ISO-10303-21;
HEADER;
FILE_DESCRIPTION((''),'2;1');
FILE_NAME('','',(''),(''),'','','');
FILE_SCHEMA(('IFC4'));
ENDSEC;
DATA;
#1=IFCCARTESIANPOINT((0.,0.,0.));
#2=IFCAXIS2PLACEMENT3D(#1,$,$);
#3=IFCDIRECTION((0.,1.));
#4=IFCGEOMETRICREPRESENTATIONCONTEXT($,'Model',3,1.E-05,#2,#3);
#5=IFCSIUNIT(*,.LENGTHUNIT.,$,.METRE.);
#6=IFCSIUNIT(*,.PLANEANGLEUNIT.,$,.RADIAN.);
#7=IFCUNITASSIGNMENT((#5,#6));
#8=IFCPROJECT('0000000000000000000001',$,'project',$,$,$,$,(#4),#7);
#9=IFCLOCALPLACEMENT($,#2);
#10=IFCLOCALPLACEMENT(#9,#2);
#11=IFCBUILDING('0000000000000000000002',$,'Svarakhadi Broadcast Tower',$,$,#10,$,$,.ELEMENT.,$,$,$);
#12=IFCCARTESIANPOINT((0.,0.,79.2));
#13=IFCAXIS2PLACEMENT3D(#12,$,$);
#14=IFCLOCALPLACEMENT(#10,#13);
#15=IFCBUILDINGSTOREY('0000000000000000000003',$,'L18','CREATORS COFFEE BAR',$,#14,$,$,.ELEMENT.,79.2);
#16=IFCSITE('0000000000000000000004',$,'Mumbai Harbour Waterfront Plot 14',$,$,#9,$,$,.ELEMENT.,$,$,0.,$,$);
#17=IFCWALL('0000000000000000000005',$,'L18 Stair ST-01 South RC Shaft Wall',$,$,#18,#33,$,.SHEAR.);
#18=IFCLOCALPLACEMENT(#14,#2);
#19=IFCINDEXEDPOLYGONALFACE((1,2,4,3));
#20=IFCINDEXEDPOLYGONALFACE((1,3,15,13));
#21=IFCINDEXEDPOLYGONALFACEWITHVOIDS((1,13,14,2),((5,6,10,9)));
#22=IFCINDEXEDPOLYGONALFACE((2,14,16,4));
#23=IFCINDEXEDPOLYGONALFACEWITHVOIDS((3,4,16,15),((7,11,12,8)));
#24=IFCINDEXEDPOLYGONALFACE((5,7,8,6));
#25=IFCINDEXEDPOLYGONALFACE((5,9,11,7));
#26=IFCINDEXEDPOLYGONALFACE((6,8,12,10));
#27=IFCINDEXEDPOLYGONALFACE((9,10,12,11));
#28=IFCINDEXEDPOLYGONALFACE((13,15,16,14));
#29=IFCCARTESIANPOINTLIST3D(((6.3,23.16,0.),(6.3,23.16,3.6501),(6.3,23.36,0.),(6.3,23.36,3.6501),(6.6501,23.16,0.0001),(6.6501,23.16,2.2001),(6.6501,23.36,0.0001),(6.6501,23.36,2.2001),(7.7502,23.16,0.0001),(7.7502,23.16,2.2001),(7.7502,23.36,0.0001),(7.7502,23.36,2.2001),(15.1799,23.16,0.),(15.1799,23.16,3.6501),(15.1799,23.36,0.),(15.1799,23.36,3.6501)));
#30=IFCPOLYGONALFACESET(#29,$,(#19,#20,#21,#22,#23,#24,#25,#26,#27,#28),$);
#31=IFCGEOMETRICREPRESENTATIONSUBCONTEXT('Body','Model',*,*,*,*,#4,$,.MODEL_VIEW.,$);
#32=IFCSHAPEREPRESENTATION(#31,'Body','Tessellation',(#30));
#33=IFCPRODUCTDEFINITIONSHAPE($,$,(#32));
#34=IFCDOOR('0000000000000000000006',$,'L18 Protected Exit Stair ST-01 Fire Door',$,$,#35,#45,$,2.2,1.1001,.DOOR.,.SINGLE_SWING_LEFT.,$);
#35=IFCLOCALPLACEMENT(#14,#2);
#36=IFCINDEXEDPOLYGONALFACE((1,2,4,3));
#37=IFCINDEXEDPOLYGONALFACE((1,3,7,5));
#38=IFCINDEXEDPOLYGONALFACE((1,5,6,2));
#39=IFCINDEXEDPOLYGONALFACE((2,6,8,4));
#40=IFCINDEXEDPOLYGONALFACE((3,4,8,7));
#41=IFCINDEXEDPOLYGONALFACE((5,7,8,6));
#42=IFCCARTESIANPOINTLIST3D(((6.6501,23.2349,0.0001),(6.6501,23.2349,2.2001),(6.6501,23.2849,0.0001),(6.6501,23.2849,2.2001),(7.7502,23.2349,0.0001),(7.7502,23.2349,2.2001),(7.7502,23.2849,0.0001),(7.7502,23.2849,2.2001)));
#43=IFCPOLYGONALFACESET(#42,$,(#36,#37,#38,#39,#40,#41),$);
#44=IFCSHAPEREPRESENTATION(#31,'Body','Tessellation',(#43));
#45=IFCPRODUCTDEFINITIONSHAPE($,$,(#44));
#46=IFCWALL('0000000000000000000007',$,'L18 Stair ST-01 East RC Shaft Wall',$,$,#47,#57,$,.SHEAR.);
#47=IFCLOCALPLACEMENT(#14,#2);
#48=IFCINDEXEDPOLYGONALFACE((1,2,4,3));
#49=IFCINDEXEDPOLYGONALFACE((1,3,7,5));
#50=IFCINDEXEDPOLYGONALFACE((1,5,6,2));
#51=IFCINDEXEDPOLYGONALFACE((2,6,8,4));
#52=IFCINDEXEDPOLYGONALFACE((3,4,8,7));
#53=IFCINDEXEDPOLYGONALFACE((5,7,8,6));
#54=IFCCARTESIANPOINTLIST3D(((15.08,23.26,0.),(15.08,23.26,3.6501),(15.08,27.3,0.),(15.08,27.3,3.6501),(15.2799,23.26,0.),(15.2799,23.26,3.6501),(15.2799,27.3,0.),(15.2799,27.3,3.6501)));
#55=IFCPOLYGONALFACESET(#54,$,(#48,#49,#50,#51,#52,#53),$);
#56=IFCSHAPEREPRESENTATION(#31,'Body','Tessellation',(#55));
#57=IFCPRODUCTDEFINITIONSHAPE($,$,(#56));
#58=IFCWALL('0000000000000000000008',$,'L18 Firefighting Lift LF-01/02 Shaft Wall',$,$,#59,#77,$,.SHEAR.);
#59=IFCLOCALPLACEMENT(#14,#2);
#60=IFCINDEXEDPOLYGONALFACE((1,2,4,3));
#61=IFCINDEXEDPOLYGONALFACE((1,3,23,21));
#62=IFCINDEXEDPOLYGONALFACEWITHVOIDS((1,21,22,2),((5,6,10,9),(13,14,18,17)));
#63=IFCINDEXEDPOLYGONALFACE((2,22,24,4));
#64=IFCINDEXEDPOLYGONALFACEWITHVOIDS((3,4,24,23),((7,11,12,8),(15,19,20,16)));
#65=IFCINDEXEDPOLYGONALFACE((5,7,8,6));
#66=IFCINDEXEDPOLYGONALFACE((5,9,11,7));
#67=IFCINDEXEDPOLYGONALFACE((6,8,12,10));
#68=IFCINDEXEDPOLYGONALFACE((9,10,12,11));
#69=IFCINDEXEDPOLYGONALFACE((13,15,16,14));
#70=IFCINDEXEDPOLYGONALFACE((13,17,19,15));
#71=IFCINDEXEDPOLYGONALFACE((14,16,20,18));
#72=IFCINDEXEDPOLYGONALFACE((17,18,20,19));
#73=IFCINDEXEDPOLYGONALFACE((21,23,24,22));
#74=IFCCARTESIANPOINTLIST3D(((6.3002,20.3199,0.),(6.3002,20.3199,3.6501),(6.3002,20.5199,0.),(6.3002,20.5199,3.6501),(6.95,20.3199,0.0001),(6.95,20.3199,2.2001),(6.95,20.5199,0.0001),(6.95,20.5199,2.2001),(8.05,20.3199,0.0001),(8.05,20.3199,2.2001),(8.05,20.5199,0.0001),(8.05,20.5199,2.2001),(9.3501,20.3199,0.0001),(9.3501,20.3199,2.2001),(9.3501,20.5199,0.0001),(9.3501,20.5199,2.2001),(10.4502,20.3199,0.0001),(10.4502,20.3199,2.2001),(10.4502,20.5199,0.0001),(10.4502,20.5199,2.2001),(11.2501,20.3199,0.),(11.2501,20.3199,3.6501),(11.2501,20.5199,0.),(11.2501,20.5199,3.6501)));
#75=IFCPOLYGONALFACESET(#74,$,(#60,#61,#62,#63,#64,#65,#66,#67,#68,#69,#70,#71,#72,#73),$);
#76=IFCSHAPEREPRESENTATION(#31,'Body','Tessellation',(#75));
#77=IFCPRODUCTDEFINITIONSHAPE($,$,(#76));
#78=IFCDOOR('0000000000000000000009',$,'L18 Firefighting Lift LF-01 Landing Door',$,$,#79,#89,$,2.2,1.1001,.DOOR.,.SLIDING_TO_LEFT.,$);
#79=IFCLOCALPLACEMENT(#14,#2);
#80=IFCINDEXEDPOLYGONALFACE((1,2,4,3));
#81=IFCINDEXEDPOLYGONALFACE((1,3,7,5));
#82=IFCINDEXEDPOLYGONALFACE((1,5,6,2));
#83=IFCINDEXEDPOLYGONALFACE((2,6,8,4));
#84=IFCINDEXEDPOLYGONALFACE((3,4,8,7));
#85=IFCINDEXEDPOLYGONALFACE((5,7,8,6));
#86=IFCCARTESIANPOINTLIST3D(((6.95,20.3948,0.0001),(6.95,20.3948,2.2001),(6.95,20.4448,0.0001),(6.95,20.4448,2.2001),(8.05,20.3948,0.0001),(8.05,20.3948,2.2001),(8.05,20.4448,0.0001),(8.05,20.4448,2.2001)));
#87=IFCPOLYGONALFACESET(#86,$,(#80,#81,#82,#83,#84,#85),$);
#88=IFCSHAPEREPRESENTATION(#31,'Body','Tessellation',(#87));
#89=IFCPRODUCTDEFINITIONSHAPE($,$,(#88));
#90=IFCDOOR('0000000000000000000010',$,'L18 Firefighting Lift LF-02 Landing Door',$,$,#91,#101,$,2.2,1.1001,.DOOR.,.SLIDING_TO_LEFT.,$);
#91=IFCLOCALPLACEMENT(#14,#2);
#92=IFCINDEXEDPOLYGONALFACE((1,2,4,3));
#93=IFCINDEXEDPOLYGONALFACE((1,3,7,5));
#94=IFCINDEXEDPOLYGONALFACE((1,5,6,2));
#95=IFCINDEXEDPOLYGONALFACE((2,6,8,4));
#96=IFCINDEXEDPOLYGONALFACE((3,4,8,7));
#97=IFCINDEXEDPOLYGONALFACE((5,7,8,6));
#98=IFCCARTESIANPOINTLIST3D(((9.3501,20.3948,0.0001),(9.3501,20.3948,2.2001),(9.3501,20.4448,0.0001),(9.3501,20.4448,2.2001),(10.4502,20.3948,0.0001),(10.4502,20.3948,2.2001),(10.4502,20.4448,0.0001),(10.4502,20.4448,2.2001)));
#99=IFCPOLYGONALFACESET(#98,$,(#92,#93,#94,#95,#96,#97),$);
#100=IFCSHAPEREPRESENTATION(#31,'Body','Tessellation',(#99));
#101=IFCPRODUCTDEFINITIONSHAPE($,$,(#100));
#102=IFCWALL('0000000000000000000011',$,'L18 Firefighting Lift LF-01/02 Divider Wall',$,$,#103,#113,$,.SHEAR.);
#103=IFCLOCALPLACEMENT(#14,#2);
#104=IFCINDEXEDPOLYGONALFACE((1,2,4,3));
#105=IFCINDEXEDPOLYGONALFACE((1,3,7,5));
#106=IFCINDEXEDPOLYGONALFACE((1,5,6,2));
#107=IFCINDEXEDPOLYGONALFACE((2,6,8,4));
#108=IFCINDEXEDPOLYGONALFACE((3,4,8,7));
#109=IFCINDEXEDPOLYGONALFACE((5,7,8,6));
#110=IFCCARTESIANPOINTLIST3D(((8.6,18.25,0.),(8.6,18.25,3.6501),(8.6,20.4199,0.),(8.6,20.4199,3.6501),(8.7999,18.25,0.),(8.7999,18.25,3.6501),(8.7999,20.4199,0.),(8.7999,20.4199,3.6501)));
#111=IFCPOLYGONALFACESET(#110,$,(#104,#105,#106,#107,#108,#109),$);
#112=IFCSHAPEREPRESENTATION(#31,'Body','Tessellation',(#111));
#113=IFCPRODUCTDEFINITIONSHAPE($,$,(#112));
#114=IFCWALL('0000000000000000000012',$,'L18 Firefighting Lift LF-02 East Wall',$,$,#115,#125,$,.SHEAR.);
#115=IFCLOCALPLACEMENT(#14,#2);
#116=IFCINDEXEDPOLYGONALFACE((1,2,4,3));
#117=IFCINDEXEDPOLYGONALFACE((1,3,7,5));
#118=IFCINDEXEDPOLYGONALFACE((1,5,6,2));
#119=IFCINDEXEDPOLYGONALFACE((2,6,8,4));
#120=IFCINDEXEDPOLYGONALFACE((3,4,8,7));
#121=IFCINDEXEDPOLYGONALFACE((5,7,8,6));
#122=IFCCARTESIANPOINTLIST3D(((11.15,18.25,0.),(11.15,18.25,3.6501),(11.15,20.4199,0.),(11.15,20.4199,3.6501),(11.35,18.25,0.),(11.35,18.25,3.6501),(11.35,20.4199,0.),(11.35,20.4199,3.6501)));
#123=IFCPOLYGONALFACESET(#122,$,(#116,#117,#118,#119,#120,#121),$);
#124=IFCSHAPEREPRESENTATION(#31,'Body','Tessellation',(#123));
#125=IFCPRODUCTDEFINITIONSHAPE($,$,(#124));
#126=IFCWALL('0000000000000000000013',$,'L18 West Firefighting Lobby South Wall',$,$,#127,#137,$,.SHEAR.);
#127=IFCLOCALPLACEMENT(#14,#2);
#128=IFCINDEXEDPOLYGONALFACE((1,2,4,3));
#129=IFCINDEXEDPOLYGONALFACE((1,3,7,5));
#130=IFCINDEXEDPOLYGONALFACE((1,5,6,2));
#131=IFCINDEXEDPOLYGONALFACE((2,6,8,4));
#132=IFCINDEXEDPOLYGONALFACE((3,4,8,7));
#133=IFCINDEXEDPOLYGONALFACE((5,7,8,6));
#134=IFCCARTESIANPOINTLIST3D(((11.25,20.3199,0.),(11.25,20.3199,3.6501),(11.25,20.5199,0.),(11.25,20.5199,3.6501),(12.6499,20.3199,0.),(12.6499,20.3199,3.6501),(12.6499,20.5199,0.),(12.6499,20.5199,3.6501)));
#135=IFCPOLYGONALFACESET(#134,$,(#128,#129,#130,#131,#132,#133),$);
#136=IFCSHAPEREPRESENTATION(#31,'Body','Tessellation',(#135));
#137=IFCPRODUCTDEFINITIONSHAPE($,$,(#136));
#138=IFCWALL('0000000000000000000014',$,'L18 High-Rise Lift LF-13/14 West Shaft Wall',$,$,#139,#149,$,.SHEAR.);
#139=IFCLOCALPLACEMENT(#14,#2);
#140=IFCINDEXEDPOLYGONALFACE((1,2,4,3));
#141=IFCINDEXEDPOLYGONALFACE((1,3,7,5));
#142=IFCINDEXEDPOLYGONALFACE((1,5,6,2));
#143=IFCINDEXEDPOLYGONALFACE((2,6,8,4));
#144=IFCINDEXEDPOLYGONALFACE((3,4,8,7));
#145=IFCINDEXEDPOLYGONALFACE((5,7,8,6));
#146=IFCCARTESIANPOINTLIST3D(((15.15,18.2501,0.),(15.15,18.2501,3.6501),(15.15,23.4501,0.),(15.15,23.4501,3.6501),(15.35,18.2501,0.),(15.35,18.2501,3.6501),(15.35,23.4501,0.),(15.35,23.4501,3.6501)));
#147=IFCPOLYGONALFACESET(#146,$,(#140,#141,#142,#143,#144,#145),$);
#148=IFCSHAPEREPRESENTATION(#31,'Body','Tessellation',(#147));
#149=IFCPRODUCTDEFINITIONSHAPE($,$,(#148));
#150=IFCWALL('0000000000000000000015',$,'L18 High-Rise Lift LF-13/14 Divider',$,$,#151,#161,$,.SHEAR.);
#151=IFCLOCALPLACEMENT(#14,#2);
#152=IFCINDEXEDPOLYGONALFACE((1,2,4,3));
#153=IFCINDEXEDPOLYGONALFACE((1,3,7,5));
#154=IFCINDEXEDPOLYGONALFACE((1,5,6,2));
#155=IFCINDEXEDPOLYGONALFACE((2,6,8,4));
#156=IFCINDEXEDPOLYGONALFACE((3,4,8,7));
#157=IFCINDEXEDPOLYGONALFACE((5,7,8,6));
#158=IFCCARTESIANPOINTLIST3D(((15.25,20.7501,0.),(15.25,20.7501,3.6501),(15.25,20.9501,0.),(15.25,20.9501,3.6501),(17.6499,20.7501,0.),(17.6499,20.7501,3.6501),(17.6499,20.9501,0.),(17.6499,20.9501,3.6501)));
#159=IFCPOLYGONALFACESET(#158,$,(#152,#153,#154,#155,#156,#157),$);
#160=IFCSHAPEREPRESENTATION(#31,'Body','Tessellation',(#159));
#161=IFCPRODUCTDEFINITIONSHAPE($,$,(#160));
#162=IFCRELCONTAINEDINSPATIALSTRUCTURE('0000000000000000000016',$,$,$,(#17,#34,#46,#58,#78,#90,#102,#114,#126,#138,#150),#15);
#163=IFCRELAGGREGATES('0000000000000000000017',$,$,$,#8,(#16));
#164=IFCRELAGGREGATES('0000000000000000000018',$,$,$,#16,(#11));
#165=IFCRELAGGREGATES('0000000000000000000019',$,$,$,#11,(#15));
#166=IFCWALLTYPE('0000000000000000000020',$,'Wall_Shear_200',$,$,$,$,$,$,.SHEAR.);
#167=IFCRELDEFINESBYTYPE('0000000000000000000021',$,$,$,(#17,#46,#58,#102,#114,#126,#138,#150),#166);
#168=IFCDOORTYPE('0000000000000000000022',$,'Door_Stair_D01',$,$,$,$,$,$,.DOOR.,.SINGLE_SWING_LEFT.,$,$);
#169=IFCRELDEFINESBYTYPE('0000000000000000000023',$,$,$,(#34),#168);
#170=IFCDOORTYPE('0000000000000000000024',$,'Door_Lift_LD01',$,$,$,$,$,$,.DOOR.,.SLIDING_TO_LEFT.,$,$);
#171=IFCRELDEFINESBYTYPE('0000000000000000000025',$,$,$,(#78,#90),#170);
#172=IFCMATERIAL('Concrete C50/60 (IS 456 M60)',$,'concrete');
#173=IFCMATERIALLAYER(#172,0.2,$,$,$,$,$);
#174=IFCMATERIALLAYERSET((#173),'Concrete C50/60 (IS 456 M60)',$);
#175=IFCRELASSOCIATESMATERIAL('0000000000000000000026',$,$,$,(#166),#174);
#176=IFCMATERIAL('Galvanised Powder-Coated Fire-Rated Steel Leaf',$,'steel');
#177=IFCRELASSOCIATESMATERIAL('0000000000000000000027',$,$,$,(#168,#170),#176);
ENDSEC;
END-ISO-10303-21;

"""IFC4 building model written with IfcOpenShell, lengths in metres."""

from ifc_helpers import new_model, si_unit, direction, frame, frame_2d, origin, place, context, subcontext, project, spatial, rectangle, extrude, material, layer, layer_set, type_object, element, fill, save


model = new_model("IFC4")

# Units and contexts
model_context = context("Model", 3, precision=1e-05, world=origin(), true_north=direction((0.0, 1.0)))
body_context = subcontext(model_context, "Body", "Model", "MODEL_VIEW")
ifc_project = project(units=[si_unit("LENGTHUNIT", "METRE"), si_unit("PLANEANGLEUNIT", "RADIAN")], contexts=[model_context])

# Site, building, storey
site_placement = place(None, origin())
site = spatial("IfcSite", under=ifc_project, at=site_placement, Name="Mumbai Harbour Waterfront Plot 14", CompositionType="ELEMENT", RefElevation=0.0)
building_placement = place(site_placement, origin())
building = spatial("IfcBuilding", under=site, at=building_placement, Name="Svarakhadi Broadcast Tower", CompositionType="ELEMENT")
storey_placement = place(building_placement, frame((0.0, 0.0, 79.2)))
storey = spatial("IfcBuildingStorey", under=building, at=storey_placement, Name="L18", Description="CREATORS COFFEE BAR", CompositionType="ELEMENT", Elevation=79.2)

# Shared definitions
ifc_material_1 = material(Name="Concrete C50/60 (IS 456 M60)", Category="concrete")

# Wall, opening, door
ifc_layer_1 = layer(ifc_material_1, 0.2)
ifc_layer_set_1 = layer_set([ifc_layer_1], Name="Concrete C50/60 (IS 456 M60)")
wall_type_1 = type_object("IfcWallType", Name="Wall_Shear_200", PredefinedType="SHEAR", material=ifc_layer_set_1)
wall_1_placement = place(storey_placement, frame((6.3, 23.26, 0.0), z_axis=(0.0, 0.0, 1.0), x_axis=(1.0, 0.0, 0.0)))
wall_1 = element("IfcWall", 1, at=wall_1_placement, inside=storey, type_object=wall_type_1, Name="L18 Stair ST-01 South RC Shaft Wall", PredefinedType="SHEAR", context=body_context, shape_type="SweptSolid", body=[
    extrude(rectangle(XDim=8.8799, YDim=0.2, at=frame_2d((4.4399, 0.0))), origin(), (0.0, 0.0, 1.0), 3.6501),
])
opening_1_placement = place(wall_1_placement, frame((0.3501, 0.0, 0.0)))
opening_1 = element("IfcOpeningElement", 2, at=opening_1_placement, cuts=wall_1, PredefinedType="OPENING", context=body_context, shape_type="SweptSolid", body=[
    extrude(rectangle(XDim=1.1001, YDim=2.2, at=frame_2d((0.55, 1.1001))), frame((0.0, 0.1099, 0.0), z_axis=(0.0, -1.0, 0.0), x_axis=(1.0, 0.0, 0.0)), (0.0, 0.0, 1.0), 0.22),
])
ifc_material_2 = material(Name="Galvanised Powder-Coated Fire-Rated Steel Leaf", Category="steel")
door_type_1 = type_object("IfcDoorType", Name="Door_Stair_D01", OperationType="SINGLE_SWING_LEFT", PredefinedType="DOOR", material=ifc_material_2)
door_1_placement = place(opening_1_placement, origin())
door_1 = element("IfcDoor", 3, at=door_1_placement, inside=storey, type_object=door_type_1, Name="L18 Protected Exit Stair ST-01 Fire Door", OperationType="SINGLE_SWING_LEFT", OverallHeight=2.2, OverallWidth=1.1001, PredefinedType="DOOR", context=body_context, shape_type="SweptSolid", body=[
    extrude(rectangle(XDim=1.1001, YDim=2.2, at=frame_2d((0.55, 1.1001))), frame((0.0, 0.0249, 0.0), z_axis=(0.0, -1.0, 0.0), x_axis=(1.0, 0.0, 0.0)), (0.0, 0.0, 1.0), 0.05),
])
fill(opening_1, door_1)

# Wall
wall_2_placement = place(storey_placement, frame((15.1799, 23.26, 0.0), z_axis=(0.0, 0.0, 1.0), x_axis=(0.0, 1.0, 0.0)))
element("IfcWall", 4, at=wall_2_placement, inside=storey, type_object=wall_type_1, Name="L18 Stair ST-01 East RC Shaft Wall", PredefinedType="SHEAR", context=body_context, shape_type="SweptSolid", body=[
    extrude(rectangle(XDim=4.04, YDim=0.2, at=frame_2d((2.02, 0.0))), origin(), (0.0, 0.0, 1.0), 3.6501),
])

# Wall, openings, doors
wall_3_placement = place(storey_placement, frame((6.3, 20.4199, 0.0), z_axis=(0.0, 0.0, 1.0), x_axis=(1.0, 0.0, 0.0)))
wall_3 = element("IfcWall", 5, at=wall_3_placement, inside=storey, type_object=wall_type_1, Name="L18 Firefighting Lift LF-01/02 Shaft Wall", PredefinedType="SHEAR", context=body_context, shape_type="SweptSolid", body=[
    extrude(rectangle(XDim=4.95, YDim=0.2, at=frame_2d((2.4751, 0.0))), origin(), (0.0, 0.0, 1.0), 3.6501),
])
opening_2_placement = place(wall_3_placement, frame((0.6499, 0.0, 0.0)))
opening_2 = element("IfcOpeningElement", 6, at=opening_2_placement, cuts=wall_3, PredefinedType="OPENING", context=body_context, shape_type="SweptSolid", body=[
    extrude(rectangle(XDim=1.1001, YDim=2.2, at=frame_2d((0.55, 1.1001))), frame((0.0, 0.1099, 0.0), z_axis=(0.0, -1.0, 0.0), x_axis=(1.0, 0.0, 0.0)), (0.0, 0.0, 1.0), 0.22),
])
opening_3_placement = place(wall_3_placement, frame((3.05, 0.0, 0.0)))
opening_3 = element("IfcOpeningElement", 7, at=opening_3_placement, cuts=wall_3, PredefinedType="OPENING", context=body_context, shape_type="SweptSolid", body=[
    extrude(rectangle(XDim=1.1001, YDim=2.2, at=frame_2d((0.55, 1.1001))), frame((0.0, 0.1099, 0.0), z_axis=(0.0, -1.0, 0.0), x_axis=(1.0, 0.0, 0.0)), (0.0, 0.0, 1.0), 0.22),
])
door_type_2 = type_object("IfcDoorType", Name="Door_Lift_LD01", OperationType="SLIDING_TO_LEFT", PredefinedType="DOOR", material=ifc_material_2)
door_2_placement = place(opening_2_placement, origin())
door_2 = element("IfcDoor", 8, at=door_2_placement, inside=storey, type_object=door_type_2, Name="L18 Firefighting Lift LF-01 Landing Door", OperationType="SLIDING_TO_LEFT", OverallHeight=2.2, OverallWidth=1.1001, PredefinedType="DOOR", context=body_context, shape_type="SweptSolid", body=[
    extrude(rectangle(XDim=1.1001, YDim=2.2, at=frame_2d((0.55, 1.1001))), frame((0.0, 0.0249, 0.0), z_axis=(0.0, -1.0, 0.0), x_axis=(1.0, 0.0, 0.0)), (0.0, 0.0, 1.0), 0.05),
])
fill(opening_2, door_2)
door_3_placement = place(opening_3_placement, origin())
door_3 = element("IfcDoor", 9, at=door_3_placement, inside=storey, type_object=door_type_2, Name="L18 Firefighting Lift LF-02 Landing Door", OperationType="SLIDING_TO_LEFT", OverallHeight=2.2, OverallWidth=1.1001, PredefinedType="DOOR", context=body_context, shape_type="SweptSolid", body=[
    extrude(rectangle(XDim=1.1001, YDim=2.2, at=frame_2d((0.55, 1.1001))), frame((0.0, 0.0249, 0.0), z_axis=(0.0, -1.0, 0.0), x_axis=(1.0, 0.0, 0.0)), (0.0, 0.0, 1.0), 0.05),
])
fill(opening_3, door_3)

# Walls
for number, where, z_axis, x_axis, name in (
    (10, (8.7, 18.25, 0.0), (0.0, 0.0, 1.0), (0.0, 1.0, 0.0), "L18 Firefighting Lift LF-01/02 Divider Wall"),
    (11, (11.25, 18.25, 0.0), (0.0, 0.0, 1.0), (0.0, 1.0, 0.0), "L18 Firefighting Lift LF-02 East Wall"),
):
    element("IfcWall", number, at=place(storey_placement, frame(where, z_axis=z_axis, x_axis=x_axis)), inside=storey, type_object=wall_type_1, Name=name, PredefinedType="SHEAR", context=body_context, shape_type="SweptSolid", body=[
        extrude(rectangle(XDim=2.1699, YDim=0.2, at=frame_2d((1.085, 0.0))), origin(), (0.0, 0.0, 1.0), 3.6501),
    ])
wall_4_placement = place(storey_placement, frame((11.25, 20.4199, 0.0), z_axis=(0.0, 0.0, 1.0), x_axis=(1.0, 0.0, 0.0)))
element("IfcWall", 12, at=wall_4_placement, inside=storey, type_object=wall_type_1, Name="L18 West Firefighting Lobby South Wall", PredefinedType="SHEAR", context=body_context, shape_type="SweptSolid", body=[
    extrude(rectangle(XDim=1.3999, YDim=0.2, at=frame_2d((0.7, 0.0))), origin(), (0.0, 0.0, 1.0), 3.6501),
])

# Walls
wall_5_placement = place(storey_placement, frame((15.25, 18.25, 0.0), z_axis=(0.0, 0.0, 1.0), x_axis=(0.0, 1.0, 0.0)))
element("IfcWall", 13, at=wall_5_placement, inside=storey, type_object=wall_type_1, Name="L18 High-Rise Lift LF-13/14 West Shaft Wall", PredefinedType="SHEAR", context=body_context, shape_type="SweptSolid", body=[
    extrude(rectangle(XDim=5.2, YDim=0.2, at=frame_2d((2.6001, 0.0))), origin(), (0.0, 0.0, 1.0), 3.6501),
])
wall_6_placement = place(storey_placement, frame((15.25, 20.8501, 0.0), z_axis=(0.0, 0.0, 1.0), x_axis=(1.0, 0.0, 0.0)))
element("IfcWall", 14, at=wall_6_placement, inside=storey, type_object=wall_type_1, Name="L18 High-Rise Lift LF-13/14 Divider", PredefinedType="SHEAR", context=body_context, shape_type="SweptSolid", body=[
    extrude(rectangle(XDim=2.3999, YDim=0.2, at=frame_2d((1.2, 0.0))), origin(), (0.0, 0.0, 1.0), 3.6501),
])

save(model, "model.ifc")
